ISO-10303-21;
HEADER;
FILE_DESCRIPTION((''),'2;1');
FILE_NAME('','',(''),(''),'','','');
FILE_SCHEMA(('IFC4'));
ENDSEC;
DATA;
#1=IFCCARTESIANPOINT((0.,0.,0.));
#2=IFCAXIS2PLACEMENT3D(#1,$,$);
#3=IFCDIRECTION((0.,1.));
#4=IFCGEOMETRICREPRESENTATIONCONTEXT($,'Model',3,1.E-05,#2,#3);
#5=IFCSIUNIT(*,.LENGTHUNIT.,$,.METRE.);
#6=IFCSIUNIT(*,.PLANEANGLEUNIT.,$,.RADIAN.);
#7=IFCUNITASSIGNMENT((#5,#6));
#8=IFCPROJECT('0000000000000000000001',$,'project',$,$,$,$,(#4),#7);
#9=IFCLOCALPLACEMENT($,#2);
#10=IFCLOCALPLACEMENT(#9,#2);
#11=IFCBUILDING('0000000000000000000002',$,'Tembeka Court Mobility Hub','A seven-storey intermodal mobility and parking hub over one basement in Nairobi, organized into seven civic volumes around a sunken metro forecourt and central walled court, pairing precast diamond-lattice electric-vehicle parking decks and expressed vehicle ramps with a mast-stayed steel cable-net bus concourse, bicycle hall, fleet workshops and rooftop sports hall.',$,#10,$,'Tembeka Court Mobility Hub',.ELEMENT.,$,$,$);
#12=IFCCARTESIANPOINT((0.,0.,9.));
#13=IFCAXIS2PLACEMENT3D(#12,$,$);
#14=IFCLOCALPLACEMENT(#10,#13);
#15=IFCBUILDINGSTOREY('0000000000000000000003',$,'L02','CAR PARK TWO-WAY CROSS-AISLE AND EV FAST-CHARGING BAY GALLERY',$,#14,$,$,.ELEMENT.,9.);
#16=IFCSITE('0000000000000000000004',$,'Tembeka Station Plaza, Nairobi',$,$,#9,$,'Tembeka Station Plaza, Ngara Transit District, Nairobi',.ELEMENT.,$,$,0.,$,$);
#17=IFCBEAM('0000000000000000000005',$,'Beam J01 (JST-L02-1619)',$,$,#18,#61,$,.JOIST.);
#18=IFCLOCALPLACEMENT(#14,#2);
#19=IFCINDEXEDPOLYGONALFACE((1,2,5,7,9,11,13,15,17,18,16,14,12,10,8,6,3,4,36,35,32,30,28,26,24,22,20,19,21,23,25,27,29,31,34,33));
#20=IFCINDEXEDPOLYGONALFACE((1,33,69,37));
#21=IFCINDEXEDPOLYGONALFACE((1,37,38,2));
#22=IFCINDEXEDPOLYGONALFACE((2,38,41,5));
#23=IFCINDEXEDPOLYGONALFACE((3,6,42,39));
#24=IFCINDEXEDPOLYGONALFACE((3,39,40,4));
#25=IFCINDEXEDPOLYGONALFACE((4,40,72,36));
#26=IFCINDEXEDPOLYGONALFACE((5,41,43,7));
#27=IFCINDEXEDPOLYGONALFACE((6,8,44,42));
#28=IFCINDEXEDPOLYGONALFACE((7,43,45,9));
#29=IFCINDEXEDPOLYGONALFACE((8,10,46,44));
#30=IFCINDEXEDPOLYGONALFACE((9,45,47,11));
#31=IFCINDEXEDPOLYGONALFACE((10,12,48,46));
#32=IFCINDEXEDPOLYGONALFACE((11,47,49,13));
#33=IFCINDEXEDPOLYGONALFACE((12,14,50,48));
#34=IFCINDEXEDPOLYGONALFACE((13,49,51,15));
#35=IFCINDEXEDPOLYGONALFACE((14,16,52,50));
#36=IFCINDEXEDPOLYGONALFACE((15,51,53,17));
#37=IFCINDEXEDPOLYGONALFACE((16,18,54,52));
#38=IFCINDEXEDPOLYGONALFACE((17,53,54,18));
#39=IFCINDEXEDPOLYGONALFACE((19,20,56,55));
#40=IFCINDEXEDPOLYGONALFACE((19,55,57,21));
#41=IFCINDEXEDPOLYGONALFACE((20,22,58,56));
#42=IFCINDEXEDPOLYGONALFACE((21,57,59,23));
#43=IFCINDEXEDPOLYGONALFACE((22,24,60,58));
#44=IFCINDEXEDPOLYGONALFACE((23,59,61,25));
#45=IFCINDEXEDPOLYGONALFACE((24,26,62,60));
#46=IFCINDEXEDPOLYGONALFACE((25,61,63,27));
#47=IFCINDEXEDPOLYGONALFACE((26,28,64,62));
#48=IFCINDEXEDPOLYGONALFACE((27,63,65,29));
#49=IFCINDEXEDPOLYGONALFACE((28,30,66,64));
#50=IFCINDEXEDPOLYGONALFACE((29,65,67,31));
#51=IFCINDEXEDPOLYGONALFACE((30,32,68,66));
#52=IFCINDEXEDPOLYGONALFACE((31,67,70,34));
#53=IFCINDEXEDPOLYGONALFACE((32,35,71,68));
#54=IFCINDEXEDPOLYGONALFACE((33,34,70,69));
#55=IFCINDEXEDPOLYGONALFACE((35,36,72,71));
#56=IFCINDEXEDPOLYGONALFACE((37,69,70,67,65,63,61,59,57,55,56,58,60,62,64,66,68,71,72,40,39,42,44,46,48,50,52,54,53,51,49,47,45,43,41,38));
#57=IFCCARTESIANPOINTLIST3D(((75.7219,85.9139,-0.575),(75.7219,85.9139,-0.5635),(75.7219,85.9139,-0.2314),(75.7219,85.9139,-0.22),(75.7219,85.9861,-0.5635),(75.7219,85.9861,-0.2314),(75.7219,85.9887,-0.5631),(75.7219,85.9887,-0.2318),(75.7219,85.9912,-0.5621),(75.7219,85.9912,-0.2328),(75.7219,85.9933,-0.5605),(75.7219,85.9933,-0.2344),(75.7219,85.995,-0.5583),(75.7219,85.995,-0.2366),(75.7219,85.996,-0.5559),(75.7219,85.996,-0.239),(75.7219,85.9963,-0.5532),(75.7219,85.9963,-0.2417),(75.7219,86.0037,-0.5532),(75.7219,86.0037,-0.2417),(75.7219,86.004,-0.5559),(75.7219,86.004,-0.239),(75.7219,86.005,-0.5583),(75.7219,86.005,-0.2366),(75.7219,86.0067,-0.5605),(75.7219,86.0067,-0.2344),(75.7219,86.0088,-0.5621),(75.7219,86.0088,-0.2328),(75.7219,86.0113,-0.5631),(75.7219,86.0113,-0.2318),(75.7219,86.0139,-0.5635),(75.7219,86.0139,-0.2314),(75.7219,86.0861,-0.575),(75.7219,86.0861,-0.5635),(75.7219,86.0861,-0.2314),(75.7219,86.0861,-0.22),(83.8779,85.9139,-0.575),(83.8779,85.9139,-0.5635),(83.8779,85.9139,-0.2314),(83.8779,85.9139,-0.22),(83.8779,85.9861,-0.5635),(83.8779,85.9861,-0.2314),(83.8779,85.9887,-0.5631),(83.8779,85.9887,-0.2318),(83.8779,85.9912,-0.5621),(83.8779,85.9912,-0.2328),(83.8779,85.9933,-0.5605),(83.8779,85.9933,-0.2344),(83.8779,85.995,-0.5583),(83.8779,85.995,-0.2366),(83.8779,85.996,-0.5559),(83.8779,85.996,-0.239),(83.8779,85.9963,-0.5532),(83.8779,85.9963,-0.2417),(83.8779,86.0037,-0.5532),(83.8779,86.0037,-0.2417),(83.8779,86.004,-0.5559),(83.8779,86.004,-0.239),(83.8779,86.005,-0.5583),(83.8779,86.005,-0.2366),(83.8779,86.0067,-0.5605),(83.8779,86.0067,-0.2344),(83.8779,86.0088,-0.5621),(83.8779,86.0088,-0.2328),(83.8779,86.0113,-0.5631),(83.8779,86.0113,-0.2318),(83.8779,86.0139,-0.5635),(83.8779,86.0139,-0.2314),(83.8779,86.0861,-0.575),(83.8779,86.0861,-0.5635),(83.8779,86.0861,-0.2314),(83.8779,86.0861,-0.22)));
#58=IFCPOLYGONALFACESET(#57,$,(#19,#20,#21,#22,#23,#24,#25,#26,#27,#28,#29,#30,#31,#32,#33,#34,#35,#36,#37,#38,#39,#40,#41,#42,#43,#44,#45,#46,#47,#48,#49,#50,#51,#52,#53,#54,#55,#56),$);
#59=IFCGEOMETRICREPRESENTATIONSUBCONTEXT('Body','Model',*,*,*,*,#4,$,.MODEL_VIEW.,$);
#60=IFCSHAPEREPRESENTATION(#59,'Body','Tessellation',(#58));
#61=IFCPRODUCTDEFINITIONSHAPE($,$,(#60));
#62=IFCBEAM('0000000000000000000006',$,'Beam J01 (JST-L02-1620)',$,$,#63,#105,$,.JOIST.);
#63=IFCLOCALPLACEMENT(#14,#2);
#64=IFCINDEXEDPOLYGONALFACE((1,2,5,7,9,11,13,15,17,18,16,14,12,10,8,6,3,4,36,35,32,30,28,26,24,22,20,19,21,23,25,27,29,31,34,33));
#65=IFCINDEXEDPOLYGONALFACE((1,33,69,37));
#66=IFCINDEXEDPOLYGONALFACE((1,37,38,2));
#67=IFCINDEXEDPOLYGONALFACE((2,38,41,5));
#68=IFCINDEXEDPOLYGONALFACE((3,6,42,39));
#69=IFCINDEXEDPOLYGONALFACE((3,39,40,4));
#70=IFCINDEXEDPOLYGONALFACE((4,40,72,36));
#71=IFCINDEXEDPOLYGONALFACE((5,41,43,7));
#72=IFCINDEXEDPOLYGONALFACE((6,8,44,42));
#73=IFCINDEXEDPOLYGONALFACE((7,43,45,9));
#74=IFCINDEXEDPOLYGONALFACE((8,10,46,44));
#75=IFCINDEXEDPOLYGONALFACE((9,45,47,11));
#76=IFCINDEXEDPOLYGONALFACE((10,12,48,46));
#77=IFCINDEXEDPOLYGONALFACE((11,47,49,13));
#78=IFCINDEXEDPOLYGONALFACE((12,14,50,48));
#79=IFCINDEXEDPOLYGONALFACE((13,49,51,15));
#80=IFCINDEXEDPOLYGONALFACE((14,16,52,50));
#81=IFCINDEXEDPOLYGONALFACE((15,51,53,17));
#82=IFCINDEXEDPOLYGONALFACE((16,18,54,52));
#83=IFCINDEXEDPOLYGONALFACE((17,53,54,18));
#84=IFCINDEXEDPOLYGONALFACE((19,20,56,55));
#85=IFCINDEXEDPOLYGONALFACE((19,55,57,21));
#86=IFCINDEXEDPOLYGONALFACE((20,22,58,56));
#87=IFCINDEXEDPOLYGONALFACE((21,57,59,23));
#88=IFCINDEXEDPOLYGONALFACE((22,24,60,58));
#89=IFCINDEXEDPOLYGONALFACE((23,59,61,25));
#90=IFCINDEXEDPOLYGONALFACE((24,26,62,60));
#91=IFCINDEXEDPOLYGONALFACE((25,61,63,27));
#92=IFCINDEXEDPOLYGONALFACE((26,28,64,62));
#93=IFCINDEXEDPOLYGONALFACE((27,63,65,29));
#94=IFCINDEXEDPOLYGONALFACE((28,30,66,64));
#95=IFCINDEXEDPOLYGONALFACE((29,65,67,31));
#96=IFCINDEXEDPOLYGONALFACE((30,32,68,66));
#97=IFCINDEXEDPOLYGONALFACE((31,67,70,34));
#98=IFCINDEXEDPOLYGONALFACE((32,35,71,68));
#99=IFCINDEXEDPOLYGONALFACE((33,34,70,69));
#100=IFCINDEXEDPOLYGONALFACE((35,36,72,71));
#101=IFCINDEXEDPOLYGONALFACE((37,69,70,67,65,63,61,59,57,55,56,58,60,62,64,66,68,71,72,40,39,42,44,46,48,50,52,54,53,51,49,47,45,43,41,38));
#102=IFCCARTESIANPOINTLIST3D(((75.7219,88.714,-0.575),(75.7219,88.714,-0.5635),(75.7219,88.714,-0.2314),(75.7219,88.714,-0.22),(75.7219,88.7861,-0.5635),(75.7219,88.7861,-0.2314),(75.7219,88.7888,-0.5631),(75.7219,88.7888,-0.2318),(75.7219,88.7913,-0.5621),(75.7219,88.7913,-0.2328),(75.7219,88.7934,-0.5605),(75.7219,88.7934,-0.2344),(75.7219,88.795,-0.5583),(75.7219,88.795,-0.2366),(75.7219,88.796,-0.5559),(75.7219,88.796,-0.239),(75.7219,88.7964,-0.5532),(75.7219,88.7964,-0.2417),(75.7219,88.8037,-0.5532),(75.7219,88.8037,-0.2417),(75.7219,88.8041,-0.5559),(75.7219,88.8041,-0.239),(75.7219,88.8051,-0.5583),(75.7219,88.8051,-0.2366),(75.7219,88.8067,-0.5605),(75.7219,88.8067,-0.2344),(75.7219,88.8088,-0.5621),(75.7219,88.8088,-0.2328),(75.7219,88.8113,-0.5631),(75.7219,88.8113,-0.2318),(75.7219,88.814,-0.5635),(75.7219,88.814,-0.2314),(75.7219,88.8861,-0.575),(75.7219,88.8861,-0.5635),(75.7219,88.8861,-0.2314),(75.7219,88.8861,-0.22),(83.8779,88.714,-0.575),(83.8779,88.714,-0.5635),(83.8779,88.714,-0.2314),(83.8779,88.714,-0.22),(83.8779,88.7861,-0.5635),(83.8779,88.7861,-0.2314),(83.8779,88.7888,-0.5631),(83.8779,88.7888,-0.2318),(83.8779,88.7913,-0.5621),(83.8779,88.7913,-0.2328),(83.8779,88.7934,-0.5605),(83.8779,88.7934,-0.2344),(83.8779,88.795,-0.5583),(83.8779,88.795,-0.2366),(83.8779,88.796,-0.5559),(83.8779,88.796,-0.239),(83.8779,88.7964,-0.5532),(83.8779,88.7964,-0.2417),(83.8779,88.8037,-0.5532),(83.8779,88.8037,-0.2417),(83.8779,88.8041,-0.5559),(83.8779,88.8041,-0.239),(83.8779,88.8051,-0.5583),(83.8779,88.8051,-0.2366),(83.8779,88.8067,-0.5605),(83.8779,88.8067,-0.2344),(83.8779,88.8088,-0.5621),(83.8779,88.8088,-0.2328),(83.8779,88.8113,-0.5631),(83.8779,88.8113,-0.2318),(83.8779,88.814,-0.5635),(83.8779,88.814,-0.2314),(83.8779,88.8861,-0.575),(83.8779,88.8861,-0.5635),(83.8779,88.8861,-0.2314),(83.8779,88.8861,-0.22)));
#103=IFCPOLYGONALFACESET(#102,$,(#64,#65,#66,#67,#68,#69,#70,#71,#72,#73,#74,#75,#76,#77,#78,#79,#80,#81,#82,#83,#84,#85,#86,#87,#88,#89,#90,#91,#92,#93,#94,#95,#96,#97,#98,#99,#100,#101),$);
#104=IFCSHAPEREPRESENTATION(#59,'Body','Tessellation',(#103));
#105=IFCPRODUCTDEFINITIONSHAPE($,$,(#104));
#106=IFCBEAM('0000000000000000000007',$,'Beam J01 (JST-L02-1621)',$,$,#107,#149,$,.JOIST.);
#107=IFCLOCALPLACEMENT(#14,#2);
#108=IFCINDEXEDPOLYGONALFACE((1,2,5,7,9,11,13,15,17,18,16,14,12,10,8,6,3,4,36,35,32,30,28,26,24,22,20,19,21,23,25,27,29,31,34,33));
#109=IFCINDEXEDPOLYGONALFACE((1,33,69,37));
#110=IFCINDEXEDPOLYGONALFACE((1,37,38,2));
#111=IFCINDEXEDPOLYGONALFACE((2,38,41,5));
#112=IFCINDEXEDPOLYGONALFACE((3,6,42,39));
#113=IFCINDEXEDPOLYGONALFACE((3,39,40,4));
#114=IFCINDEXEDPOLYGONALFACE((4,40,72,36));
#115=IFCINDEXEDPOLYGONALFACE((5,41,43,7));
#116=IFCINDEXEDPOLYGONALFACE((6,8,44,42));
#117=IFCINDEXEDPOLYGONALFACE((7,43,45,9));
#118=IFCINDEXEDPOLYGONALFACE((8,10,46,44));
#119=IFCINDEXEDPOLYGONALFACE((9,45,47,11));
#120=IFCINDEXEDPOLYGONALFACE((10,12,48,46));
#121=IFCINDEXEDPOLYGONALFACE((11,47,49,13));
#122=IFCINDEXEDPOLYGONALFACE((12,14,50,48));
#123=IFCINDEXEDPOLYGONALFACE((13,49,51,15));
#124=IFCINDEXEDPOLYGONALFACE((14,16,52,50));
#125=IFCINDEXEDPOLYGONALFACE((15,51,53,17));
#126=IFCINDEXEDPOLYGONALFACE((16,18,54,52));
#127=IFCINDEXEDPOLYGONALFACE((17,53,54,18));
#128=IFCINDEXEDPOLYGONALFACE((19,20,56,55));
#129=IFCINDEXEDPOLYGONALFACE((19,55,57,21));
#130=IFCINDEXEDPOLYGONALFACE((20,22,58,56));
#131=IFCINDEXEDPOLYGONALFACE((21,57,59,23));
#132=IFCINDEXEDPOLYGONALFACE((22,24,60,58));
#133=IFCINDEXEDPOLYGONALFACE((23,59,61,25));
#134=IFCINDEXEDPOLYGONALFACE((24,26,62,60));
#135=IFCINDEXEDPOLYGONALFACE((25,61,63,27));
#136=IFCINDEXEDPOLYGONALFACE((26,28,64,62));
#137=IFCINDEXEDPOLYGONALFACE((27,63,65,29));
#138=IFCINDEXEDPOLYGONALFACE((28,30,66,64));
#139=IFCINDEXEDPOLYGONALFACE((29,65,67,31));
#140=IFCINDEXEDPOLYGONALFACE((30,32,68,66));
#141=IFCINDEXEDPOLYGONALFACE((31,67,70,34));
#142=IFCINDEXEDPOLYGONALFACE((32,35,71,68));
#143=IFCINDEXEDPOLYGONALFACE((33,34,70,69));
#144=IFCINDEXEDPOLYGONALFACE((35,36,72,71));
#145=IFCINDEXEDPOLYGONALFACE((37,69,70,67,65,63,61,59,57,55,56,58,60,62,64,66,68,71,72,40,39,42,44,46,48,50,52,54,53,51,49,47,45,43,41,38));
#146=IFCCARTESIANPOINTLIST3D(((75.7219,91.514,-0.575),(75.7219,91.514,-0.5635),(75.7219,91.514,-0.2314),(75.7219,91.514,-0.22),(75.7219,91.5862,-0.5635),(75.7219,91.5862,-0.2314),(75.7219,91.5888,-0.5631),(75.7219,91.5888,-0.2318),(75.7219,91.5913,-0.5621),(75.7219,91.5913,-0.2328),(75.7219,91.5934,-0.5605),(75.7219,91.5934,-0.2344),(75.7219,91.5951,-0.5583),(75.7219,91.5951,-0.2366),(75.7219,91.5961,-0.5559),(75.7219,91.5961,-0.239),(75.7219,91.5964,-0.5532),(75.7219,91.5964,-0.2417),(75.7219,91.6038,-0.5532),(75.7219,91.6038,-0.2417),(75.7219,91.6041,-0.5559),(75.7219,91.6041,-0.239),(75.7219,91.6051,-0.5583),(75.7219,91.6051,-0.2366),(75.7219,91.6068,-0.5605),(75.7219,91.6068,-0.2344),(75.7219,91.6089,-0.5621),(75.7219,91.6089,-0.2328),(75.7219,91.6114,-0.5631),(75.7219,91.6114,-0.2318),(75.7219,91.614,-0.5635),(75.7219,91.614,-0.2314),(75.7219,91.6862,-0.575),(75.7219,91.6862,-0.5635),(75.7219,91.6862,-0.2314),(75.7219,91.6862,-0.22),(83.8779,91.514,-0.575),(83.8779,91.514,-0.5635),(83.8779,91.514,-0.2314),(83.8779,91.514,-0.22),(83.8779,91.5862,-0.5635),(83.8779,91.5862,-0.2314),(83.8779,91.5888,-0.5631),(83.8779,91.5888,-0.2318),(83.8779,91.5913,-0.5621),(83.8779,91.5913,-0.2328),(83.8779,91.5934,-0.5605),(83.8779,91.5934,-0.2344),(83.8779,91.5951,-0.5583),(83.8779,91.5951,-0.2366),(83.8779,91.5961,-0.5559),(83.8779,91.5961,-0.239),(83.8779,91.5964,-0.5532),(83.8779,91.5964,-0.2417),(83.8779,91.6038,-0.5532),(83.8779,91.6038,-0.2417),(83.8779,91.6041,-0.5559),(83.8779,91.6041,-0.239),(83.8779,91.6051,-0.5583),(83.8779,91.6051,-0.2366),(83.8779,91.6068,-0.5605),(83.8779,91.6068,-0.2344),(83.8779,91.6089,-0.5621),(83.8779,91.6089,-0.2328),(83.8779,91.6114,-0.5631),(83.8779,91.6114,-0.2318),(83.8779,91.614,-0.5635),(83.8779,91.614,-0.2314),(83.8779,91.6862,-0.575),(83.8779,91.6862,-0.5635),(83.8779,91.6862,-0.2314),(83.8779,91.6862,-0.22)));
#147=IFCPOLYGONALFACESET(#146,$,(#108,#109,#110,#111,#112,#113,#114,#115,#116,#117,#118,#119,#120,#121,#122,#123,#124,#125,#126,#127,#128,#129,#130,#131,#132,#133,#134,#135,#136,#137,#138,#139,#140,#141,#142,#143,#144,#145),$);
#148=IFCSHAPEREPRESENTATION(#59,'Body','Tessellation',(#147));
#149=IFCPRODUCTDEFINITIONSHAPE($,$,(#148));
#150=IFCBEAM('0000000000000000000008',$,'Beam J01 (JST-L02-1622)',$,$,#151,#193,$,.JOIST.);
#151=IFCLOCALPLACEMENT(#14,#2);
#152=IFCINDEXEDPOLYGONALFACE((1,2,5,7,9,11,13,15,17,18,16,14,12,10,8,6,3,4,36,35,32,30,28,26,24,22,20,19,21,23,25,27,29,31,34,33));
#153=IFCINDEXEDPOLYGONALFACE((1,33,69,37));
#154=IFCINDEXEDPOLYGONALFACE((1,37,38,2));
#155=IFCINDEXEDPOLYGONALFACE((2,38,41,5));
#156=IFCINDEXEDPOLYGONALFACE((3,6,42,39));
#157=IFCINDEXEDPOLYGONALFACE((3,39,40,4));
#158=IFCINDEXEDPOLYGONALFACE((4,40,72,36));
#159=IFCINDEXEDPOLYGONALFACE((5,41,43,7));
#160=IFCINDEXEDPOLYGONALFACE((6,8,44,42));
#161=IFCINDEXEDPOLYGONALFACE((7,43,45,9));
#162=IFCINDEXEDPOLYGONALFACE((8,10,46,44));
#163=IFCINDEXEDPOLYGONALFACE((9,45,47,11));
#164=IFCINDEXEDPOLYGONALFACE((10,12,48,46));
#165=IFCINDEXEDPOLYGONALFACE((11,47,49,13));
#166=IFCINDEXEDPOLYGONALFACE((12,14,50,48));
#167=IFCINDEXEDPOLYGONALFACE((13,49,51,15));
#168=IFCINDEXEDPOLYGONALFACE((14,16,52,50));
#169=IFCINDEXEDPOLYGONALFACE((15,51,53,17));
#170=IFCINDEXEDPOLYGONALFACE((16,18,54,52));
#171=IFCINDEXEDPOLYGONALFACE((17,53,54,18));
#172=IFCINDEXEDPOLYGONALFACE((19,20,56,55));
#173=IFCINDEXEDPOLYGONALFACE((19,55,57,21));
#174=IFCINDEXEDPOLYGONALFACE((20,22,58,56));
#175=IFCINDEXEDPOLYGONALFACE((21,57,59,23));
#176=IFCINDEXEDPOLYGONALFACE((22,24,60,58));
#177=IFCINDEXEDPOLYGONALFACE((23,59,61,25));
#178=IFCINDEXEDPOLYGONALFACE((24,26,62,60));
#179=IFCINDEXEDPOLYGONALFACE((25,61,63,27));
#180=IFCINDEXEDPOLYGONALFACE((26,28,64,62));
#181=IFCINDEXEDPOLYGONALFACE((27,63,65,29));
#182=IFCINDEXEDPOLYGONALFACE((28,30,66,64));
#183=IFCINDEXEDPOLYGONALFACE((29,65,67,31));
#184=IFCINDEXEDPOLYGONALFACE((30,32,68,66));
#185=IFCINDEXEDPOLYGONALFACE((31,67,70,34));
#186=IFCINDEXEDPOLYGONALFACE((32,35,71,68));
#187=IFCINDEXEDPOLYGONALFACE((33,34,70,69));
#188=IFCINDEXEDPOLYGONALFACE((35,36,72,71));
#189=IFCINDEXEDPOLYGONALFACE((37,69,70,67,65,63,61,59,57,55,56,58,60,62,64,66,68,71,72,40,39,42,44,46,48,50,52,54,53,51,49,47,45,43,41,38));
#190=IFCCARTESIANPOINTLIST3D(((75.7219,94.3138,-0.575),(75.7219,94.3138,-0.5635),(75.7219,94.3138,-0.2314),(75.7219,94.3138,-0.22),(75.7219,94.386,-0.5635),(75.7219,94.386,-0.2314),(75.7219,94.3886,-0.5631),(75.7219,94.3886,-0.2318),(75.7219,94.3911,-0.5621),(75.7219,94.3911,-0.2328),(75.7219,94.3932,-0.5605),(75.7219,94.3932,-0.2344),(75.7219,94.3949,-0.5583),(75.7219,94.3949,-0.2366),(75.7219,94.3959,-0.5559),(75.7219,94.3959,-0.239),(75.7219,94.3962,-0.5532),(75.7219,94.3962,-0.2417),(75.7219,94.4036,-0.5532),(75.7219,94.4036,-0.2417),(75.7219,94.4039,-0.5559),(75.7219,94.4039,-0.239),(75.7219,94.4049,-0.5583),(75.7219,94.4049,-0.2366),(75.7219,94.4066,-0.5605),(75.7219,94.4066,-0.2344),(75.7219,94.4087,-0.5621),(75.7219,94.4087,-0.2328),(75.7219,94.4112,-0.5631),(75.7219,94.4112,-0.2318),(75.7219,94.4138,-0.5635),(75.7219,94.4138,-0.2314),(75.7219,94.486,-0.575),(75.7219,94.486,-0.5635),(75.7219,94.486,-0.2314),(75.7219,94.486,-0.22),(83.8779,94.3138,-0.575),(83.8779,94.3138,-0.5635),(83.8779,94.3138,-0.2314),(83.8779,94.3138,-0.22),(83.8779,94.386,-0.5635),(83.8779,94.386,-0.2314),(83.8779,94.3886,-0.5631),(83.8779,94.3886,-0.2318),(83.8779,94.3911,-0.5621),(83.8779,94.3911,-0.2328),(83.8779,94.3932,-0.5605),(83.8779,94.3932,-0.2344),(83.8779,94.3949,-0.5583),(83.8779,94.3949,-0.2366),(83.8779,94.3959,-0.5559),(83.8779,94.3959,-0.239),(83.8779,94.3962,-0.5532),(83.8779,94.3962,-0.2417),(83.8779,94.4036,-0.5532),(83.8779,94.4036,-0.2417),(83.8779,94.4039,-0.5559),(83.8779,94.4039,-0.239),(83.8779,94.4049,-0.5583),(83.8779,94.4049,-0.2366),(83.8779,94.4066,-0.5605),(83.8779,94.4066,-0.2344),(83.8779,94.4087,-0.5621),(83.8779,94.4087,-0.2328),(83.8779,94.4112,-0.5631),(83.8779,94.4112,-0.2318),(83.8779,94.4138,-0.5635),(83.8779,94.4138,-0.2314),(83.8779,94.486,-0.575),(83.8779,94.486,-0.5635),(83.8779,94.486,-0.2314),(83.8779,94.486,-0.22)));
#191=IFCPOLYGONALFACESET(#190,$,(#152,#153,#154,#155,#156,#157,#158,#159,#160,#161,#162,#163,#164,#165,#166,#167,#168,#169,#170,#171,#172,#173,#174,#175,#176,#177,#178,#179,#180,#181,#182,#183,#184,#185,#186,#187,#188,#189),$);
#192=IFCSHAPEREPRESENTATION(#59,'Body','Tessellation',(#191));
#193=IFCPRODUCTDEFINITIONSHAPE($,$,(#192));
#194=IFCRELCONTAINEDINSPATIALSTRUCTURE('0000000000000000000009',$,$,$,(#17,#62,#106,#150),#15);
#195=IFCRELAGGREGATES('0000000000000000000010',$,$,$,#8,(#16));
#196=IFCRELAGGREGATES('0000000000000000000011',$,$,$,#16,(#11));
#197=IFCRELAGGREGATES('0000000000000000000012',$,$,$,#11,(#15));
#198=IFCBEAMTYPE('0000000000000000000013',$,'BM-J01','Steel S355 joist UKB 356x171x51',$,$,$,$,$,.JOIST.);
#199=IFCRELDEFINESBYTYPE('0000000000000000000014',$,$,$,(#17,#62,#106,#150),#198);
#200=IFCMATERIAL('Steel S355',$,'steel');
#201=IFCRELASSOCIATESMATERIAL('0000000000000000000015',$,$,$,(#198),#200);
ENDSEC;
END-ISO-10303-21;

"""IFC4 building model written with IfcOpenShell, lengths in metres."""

from ifc_helpers import new_model, si_unit, direction, frame, origin, origin_2d, place, context, subcontext, project, spatial, i_section, extrude, material, material_profile, profile_set, type_object, element, save


model = new_model("IFC4")

# Units and contexts
model_context = context("Model", 3, precision=1e-05, world=origin(), true_north=direction((0.0, 1.0)))
body_context = subcontext(model_context, "Body", "Model", "MODEL_VIEW")
ifc_project = project(units=[si_unit("LENGTHUNIT", "METRE"), si_unit("PLANEANGLEUNIT", "RADIAN")], contexts=[model_context])

# Site, building, storey
site_placement = place(None, origin())
site = spatial("IfcSite", under=ifc_project, at=site_placement, Name="Tembeka Station Plaza, Nairobi", LongName="Tembeka Station Plaza, Ngara Transit District, Nairobi", CompositionType="ELEMENT", RefElevation=0.0)
building_placement = place(site_placement, origin())
building = spatial("IfcBuilding", under=site, at=building_placement, Name="Tembeka Court Mobility Hub", Description="A seven-storey intermodal mobility and parking hub over one basement in Nairobi, organized into seven civic volumes around a sunken metro forecourt and central walled court, pairing precast diamond-lattice electric-vehicle parking decks and expressed vehicle ramps with a mast-stayed steel cable-net bus concourse, bicycle hall, fleet workshops and rooftop sports hall.", LongName="Tembeka Court Mobility Hub", CompositionType="ELEMENT")
storey_placement = place(building_placement, frame((0.0, 0.0, 9.0)))
storey = spatial("IfcBuildingStorey", under=building, at=storey_placement, Name="L02", Description="CAR PARK TWO-WAY CROSS-AISLE AND EV FAST-CHARGING BAY GALLERY", CompositionType="ELEMENT", Elevation=9.0)

# Shared definitions
ifc_material = material(Name="Steel S355", Category="steel")

# Beams
ifc_material_profile_1 = material_profile(ifc_material, i_section(OverallWidth=0.1721, OverallDepth=0.355, WebThickness=0.0073, FlangeThickness=0.0115, FilletRadius=0.0103, at=origin_2d()), Name="UKB 356x171x51")
ifc_profile_set_1 = profile_set([ifc_material_profile_1], Name="Steel S355")
beam_type_1 = type_object("IfcBeamType", Name="BM-J01", Description="Steel S355 joist UKB 356x171x51", PredefinedType="JOIST", material=ifc_profile_set_1)
for number, where, z_axis, x_axis, name in (
    (1, (75.7219, 86.0, -0.3975), (1.0, 0.0, 0.0), (0.0, 1.0, 0.0), "Beam J01 (JST-L02-1619)"),
    (2, (75.7219, 88.8, -0.3975), (1.0, 0.0, 0.0), (0.0, 1.0, 0.0), "Beam J01 (JST-L02-1620)"),
    (3, (75.7219, 91.6001, -0.3975), (1.0, 0.0, 0.0), (0.0, 1.0, 0.0), "Beam J01 (JST-L02-1621)"),
    (4, (75.7219, 94.3999, -0.3975), (1.0, 0.0, 0.0), (0.0, 1.0, 0.0), "Beam J01 (JST-L02-1622)"),
):
    element("IfcBeam", number, at=place(storey_placement, frame(where, z_axis=z_axis, x_axis=x_axis)), inside=storey, type_object=beam_type_1, Name=name, PredefinedType="JOIST", context=body_context, shape_type="SweptSolid", body=[
        extrude(i_section(OverallWidth=0.1721, OverallDepth=0.355, WebThickness=0.0073, FlangeThickness=0.0115, FilletRadius=0.0103, at=origin_2d()), origin(), (0.0, 0.0, 1.0), 8.156),
    ])

save(model, "model.ifc")
